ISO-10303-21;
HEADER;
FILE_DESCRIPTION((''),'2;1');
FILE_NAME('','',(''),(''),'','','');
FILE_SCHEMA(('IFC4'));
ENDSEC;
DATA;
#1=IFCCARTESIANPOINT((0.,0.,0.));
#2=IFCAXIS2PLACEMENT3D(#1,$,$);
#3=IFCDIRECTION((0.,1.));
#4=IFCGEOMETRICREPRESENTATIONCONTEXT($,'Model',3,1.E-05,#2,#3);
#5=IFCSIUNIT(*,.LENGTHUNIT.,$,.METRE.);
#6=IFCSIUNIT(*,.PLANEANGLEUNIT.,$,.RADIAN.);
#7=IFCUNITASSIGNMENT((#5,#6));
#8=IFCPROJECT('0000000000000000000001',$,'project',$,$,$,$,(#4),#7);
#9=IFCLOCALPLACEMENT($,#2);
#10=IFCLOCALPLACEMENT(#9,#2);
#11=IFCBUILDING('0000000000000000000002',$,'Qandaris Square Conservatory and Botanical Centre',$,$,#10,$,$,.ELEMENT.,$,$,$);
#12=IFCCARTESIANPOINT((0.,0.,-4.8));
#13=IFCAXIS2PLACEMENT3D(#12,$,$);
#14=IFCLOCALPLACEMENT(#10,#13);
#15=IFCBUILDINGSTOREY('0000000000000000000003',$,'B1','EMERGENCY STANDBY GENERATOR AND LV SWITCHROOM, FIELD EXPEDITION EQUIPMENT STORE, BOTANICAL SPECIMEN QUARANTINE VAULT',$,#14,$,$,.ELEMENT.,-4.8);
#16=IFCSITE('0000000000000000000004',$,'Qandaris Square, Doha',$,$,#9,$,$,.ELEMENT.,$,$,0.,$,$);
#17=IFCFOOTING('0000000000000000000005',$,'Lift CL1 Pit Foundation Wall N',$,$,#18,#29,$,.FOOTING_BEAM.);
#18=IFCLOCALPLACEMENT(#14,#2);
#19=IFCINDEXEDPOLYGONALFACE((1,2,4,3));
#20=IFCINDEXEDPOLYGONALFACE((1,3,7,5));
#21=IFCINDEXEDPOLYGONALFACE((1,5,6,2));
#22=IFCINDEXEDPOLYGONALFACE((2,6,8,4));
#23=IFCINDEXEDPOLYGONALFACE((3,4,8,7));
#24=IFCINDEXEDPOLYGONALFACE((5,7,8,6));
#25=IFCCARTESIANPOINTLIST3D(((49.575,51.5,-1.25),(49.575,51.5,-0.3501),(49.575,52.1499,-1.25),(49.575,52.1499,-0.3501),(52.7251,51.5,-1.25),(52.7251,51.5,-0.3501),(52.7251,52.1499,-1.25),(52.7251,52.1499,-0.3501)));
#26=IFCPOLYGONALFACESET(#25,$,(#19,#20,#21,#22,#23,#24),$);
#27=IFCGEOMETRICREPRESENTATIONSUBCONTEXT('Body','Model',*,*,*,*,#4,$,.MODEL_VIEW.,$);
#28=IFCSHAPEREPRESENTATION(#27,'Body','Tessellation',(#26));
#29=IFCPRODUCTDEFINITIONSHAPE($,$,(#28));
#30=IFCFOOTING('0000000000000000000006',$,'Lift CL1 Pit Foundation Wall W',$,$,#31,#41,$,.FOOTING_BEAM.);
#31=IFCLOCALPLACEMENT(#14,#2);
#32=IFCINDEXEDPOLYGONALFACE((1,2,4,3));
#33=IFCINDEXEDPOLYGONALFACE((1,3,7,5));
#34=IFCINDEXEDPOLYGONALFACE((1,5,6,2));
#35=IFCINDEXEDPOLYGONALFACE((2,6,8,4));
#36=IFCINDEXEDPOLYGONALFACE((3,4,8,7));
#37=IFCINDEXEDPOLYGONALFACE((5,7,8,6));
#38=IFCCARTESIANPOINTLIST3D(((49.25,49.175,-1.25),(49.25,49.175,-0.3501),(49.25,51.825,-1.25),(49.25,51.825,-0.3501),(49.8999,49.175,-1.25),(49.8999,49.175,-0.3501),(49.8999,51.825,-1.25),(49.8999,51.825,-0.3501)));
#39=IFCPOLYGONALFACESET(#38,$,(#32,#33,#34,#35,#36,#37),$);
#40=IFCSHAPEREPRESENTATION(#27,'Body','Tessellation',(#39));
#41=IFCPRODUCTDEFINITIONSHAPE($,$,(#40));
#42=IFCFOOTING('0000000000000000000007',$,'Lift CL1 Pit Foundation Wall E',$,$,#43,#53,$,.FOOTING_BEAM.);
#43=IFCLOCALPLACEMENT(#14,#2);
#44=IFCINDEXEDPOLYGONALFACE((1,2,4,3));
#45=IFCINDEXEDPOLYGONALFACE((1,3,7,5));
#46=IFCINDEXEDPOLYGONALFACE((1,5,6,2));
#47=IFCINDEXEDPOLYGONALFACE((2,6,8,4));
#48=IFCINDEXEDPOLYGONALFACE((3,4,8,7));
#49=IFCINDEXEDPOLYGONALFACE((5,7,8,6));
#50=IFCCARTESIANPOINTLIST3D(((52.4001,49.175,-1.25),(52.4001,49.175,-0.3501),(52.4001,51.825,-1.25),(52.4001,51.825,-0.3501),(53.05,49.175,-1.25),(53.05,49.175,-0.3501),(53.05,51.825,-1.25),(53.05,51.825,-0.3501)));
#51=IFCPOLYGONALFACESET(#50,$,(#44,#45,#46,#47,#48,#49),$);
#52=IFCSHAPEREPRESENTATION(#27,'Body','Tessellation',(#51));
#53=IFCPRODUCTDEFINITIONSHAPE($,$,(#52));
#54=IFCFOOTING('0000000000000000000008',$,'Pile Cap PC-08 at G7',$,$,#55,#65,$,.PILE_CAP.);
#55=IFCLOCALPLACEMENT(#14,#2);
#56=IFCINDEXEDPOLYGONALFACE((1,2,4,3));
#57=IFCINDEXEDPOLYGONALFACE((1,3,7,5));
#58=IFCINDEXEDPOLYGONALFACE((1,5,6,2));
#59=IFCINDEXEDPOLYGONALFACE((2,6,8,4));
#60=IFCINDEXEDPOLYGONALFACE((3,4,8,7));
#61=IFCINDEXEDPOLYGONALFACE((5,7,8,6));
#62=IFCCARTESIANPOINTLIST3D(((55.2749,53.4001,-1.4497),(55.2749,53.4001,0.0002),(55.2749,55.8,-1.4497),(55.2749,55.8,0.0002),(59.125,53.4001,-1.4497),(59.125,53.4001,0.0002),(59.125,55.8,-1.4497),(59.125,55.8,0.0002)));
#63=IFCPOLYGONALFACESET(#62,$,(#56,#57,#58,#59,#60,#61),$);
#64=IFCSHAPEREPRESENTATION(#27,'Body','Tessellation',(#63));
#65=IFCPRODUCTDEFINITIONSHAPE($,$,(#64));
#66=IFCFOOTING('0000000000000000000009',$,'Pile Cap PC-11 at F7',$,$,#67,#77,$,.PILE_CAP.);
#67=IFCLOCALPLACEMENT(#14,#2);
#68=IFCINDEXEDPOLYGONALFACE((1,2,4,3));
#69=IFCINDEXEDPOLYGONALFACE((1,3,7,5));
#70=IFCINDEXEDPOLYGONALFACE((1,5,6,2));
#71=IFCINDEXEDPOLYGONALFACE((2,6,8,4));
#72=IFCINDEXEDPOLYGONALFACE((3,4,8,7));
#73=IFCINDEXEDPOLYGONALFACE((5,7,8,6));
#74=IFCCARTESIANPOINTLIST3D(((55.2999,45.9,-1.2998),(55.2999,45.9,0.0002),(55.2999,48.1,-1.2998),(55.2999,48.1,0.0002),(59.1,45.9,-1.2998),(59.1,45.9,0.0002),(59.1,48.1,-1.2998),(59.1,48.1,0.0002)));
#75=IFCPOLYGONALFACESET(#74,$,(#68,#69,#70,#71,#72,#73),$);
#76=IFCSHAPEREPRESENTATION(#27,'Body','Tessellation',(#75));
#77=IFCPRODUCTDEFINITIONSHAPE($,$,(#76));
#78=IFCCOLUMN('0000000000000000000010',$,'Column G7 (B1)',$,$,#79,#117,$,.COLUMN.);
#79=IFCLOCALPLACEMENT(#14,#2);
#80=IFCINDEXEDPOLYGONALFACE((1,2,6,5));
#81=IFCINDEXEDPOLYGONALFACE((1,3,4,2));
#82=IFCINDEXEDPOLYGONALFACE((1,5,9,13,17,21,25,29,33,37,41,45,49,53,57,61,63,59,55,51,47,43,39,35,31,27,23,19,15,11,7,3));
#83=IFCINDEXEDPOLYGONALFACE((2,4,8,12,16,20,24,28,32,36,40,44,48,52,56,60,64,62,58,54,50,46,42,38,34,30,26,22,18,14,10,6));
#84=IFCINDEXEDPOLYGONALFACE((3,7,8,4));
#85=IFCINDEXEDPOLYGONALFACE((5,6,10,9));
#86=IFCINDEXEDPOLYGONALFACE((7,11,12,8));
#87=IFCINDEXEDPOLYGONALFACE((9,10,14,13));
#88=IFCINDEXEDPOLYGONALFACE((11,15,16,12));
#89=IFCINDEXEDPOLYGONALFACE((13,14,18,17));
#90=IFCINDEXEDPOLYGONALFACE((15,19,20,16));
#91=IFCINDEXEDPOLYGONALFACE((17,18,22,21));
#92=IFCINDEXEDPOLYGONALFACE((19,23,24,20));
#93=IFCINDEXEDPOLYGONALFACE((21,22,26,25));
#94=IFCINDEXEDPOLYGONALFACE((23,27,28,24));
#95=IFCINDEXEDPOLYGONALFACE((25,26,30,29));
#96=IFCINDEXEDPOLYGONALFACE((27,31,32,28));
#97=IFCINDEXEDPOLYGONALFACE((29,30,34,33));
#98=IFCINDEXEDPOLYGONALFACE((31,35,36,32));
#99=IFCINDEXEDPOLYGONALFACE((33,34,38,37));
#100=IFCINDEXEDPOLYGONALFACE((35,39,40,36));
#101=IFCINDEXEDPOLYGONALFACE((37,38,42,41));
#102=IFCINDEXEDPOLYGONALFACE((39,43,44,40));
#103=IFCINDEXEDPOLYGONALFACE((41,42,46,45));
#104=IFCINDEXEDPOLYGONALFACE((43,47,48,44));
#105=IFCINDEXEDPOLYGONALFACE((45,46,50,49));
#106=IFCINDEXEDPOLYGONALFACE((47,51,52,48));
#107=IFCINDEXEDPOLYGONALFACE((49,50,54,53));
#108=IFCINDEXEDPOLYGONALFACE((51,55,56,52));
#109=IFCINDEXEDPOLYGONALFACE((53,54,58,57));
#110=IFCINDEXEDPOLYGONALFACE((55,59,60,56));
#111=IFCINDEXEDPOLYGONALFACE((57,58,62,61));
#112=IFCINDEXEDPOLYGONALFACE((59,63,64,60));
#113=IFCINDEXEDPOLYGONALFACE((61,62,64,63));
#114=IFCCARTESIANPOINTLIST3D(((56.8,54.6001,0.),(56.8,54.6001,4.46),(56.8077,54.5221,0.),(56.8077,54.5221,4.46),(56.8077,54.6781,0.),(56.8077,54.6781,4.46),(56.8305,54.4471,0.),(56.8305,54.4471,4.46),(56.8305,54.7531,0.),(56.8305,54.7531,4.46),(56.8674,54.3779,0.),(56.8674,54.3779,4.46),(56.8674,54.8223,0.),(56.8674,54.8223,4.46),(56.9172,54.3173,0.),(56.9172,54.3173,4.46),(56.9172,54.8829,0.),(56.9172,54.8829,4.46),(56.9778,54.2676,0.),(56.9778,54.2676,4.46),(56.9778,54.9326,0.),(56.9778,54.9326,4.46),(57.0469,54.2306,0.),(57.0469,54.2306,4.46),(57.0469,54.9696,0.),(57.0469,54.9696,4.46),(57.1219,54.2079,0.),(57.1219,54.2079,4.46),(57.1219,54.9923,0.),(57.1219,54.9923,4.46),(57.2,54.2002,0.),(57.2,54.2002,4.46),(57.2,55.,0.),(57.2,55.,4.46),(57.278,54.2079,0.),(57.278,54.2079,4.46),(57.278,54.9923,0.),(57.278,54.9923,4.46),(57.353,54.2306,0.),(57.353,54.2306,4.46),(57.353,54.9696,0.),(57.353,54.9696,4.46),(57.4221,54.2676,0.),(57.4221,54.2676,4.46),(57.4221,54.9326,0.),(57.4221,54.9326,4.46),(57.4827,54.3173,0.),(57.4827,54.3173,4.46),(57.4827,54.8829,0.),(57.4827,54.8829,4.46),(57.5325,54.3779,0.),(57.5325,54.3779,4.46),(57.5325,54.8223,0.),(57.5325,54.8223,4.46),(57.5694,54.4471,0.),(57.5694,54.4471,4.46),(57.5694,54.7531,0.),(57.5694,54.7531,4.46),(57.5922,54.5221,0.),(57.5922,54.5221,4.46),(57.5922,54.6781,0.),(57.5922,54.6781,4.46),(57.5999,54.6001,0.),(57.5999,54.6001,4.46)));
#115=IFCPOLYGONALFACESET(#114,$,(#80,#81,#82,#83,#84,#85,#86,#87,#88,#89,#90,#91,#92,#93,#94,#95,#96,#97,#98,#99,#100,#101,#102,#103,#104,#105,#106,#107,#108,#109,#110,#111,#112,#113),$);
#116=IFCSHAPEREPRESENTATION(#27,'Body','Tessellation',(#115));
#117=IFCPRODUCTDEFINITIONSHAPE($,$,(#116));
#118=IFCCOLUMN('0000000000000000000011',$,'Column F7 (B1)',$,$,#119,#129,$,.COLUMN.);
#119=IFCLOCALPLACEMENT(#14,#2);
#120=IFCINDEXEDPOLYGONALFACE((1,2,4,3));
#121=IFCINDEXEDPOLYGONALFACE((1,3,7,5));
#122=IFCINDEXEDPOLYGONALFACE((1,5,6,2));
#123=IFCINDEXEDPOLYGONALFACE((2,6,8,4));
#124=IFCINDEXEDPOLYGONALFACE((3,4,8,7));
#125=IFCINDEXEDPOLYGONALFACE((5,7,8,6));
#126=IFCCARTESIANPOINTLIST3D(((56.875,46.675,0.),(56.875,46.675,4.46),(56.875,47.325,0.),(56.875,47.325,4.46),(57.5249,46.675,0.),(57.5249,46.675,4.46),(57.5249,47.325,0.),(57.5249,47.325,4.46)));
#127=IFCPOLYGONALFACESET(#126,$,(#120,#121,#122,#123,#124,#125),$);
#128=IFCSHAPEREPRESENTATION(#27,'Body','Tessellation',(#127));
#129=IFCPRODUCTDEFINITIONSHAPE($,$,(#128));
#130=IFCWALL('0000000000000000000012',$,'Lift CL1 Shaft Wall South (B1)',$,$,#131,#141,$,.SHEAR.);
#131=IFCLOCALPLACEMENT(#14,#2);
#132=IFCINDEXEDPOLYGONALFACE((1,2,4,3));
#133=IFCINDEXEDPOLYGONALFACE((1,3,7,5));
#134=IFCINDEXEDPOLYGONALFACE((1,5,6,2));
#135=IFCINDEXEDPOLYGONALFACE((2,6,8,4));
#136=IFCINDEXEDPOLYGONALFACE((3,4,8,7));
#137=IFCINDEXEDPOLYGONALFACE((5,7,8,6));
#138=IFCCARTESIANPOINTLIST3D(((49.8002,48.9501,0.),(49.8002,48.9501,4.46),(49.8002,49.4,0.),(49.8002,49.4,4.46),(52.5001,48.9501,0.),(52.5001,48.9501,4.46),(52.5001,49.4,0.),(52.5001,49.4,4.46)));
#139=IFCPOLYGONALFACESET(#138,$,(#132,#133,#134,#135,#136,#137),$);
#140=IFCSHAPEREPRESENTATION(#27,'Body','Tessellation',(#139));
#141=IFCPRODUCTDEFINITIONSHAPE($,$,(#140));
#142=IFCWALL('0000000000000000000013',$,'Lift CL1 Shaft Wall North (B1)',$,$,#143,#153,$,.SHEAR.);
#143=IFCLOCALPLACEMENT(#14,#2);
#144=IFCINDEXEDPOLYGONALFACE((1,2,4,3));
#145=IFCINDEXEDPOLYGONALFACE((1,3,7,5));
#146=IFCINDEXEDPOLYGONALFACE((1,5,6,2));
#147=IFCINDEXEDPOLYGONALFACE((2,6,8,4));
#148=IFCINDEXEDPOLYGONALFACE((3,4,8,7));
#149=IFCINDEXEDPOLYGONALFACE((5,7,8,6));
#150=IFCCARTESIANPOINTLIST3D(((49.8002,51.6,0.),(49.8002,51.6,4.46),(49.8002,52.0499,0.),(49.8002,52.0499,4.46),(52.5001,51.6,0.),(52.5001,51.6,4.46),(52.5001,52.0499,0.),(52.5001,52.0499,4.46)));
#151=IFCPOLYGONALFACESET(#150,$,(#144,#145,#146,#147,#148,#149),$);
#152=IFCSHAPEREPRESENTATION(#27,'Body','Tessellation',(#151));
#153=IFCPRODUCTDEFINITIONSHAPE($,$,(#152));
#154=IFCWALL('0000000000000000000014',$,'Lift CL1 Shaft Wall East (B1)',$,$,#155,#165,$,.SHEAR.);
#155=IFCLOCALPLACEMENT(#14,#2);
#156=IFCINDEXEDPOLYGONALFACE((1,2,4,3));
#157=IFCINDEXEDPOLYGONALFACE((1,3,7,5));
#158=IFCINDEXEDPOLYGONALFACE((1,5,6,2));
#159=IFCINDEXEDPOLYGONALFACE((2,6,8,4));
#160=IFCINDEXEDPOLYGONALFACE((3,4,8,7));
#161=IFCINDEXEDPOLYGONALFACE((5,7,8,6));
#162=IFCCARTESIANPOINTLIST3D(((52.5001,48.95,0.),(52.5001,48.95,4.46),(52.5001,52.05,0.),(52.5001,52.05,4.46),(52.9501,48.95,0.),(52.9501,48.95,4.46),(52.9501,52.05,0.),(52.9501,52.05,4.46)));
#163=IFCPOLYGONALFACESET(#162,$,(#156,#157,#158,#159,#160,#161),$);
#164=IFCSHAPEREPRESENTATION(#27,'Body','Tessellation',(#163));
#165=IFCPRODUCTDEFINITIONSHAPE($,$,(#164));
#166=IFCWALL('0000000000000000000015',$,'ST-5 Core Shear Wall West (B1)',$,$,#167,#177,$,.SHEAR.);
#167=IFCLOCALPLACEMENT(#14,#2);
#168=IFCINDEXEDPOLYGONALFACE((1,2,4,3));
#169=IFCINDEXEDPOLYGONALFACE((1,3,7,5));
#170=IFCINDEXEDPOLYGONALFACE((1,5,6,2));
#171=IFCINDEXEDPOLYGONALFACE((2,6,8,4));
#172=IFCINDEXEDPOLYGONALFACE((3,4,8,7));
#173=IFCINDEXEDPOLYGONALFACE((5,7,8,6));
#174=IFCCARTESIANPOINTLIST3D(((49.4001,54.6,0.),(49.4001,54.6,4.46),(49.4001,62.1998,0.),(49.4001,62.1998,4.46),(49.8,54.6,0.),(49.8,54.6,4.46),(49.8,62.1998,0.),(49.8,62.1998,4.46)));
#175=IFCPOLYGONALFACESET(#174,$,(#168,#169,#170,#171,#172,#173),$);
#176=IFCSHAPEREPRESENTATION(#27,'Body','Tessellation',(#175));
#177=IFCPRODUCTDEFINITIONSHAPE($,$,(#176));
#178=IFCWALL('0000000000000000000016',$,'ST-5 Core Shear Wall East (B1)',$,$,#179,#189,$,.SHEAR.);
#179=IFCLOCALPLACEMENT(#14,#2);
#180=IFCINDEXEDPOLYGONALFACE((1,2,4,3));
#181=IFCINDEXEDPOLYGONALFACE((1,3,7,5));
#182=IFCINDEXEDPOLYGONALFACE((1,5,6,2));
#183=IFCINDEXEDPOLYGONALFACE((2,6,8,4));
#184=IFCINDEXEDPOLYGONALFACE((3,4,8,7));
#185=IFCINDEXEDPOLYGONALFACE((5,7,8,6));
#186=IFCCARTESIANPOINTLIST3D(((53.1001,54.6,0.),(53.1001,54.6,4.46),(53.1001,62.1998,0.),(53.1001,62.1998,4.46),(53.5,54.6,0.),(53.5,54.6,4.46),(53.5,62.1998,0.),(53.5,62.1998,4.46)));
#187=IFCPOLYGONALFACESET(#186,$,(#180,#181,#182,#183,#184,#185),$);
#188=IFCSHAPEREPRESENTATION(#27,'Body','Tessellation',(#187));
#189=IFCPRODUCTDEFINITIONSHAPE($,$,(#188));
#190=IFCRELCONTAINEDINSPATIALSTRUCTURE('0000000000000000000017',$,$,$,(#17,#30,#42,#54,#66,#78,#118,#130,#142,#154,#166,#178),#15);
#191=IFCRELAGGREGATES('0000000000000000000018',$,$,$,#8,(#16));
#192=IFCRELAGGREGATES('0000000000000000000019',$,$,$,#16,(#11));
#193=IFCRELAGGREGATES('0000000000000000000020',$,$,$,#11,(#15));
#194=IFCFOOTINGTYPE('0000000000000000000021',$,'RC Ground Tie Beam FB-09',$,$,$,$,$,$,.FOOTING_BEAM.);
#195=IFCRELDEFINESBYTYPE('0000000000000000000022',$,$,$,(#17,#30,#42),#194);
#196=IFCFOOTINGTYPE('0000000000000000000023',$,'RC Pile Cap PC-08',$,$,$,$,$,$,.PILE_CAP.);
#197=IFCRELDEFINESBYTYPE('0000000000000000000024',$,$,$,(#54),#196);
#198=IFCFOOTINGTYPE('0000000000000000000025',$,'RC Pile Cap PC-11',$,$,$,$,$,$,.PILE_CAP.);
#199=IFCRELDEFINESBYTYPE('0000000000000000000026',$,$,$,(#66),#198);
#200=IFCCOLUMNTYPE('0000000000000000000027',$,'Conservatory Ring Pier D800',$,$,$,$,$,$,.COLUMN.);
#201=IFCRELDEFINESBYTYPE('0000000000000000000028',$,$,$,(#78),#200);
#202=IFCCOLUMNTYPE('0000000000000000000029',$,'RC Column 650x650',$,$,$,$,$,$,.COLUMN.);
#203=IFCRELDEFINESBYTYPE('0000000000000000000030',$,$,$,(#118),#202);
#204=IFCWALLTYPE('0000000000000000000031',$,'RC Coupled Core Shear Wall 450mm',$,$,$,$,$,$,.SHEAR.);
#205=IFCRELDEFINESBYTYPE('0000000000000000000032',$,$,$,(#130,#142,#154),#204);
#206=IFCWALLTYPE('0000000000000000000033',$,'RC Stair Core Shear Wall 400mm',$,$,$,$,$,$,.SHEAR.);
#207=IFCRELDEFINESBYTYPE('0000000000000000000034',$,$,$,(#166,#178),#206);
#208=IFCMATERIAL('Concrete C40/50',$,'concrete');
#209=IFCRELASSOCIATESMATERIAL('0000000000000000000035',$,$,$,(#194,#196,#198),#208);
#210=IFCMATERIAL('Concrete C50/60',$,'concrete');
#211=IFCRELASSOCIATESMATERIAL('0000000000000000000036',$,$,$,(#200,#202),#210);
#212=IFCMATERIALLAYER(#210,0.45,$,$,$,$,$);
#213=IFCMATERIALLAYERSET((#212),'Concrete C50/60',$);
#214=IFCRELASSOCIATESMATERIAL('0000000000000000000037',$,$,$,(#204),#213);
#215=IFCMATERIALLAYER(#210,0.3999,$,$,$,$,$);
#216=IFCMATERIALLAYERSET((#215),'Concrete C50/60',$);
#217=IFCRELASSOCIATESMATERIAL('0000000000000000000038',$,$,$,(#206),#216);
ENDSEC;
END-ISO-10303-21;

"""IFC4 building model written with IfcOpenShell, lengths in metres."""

from ifc_helpers import new_model, si_unit, direction, frame, frame_2d, origin, origin_2d, place, context, subcontext, project, spatial, rectangle, circle, extrude, material, layer, layer_set, material_profile, profile_set, type_object, element, save


model = new_model("IFC4")

# Units and contexts
model_context = context("Model", 3, precision=1e-05, world=origin(), true_north=direction((0.0, 1.0)))
body_context = subcontext(model_context, "Body", "Model", "MODEL_VIEW")
ifc_project = project(units=[si_unit("LENGTHUNIT", "METRE"), si_unit("PLANEANGLEUNIT", "RADIAN")], contexts=[model_context])

# Site, building, storey
site_placement = place(None, origin())
site = spatial("IfcSite", under=ifc_project, at=site_placement, Name="Qandaris Square, Doha", CompositionType="ELEMENT", RefElevation=0.0)
building_placement = place(site_placement, origin())
building = spatial("IfcBuilding", under=site, at=building_placement, Name="Qandaris Square Conservatory and Botanical Centre", CompositionType="ELEMENT")
storey_placement = place(building_placement, frame((0.0, 0.0, -4.8)))
storey = spatial("IfcBuildingStorey", under=building, at=storey_placement, Name="B1", Description="EMERGENCY STANDBY GENERATOR AND LV SWITCHROOM, FIELD EXPEDITION EQUIPMENT STORE, BOTANICAL SPECIMEN QUARANTINE VAULT", CompositionType="ELEMENT", Elevation=-4.8)

# Shared definitions
ifc_material_1 = material(Name="Concrete C50/60", Category="concrete")

# Footings
ifc_material_2 = material(Name="Concrete C40/50", Category="concrete")
ifc_material_profile_1 = material_profile(ifc_material_2, rectangle(XDim=0.6499, YDim=0.8999, at=origin_2d()), Name="FB 650x900")
ifc_profile_set_1 = profile_set([ifc_material_profile_1], Name="Concrete C40/50")
footing_type_1 = type_object("IfcFootingType", Name="RC Ground Tie Beam FB-09", PredefinedType="FOOTING_BEAM", material=ifc_profile_set_1)
for number, where, z_axis, x_axis, name in (
    (1, (49.575, 51.825, -0.8), (1.0, 0.0, 0.0), (0.0, 1.0, 0.0), "Lift CL1 Pit Foundation Wall N"),
):
    element("IfcFooting", number, at=place(storey_placement, frame(where, z_axis=z_axis, x_axis=x_axis)), inside=storey, type_object=footing_type_1, Name=name, PredefinedType="FOOTING_BEAM", context=body_context, shape_type="SweptSolid", body=[
        extrude(rectangle(XDim=0.6499, YDim=0.8999, at=origin_2d()), origin(), (0.0, 0.0, 1.0), 3.1501),
    ])
for number, where, z_axis, x_axis, name in (
    (2, (49.575, 49.175, -0.8), (0.0, 1.0, 0.0), (-1.0, 0.0, 0.0), "Lift CL1 Pit Foundation Wall W"),
    (3, (52.7251, 49.175, -0.8), (0.0, 1.0, 0.0), (-1.0, 0.0, 0.0), "Lift CL1 Pit Foundation Wall E"),
):
    element("IfcFooting", number, at=place(storey_placement, frame(where, z_axis=z_axis, x_axis=x_axis)), inside=storey, type_object=footing_type_1, Name=name, PredefinedType="FOOTING_BEAM", context=body_context, shape_type="SweptSolid", body=[
        extrude(rectangle(XDim=0.6499, YDim=0.8999, at=origin_2d()), origin(), (0.0, 0.0, 1.0), 2.6499),
    ])
footing_type_2 = type_object("IfcFootingType", Name="RC Pile Cap PC-08", PredefinedType="PILE_CAP", material=ifc_material_2)
footing_1_placement = place(storey_placement, frame((57.2, 54.6001, -1.4497), z_axis=(0.0, 0.0, 1.0), x_axis=(1.0, 0.0, 0.0)))
element("IfcFooting", 4, at=footing_1_placement, inside=storey, type_object=footing_type_2, Name="Pile Cap PC-08 at G7", PredefinedType="PILE_CAP", context=body_context, shape_type="SweptSolid", body=[
    extrude(rectangle(XDim=3.8501, YDim=2.3999, at=origin_2d()), origin(), (0.0, 0.0, 1.0), 1.45),
])
footing_type_3 = type_object("IfcFootingType", Name="RC Pile Cap PC-11", PredefinedType="PILE_CAP", material=ifc_material_2)
footing_2_placement = place(storey_placement, frame((57.2, 47.0, -1.2998), z_axis=(0.0, 0.0, 1.0), x_axis=(1.0, 0.0, 0.0)))
element("IfcFooting", 5, at=footing_2_placement, inside=storey, type_object=footing_type_3, Name="Pile Cap PC-11 at F7", PredefinedType="PILE_CAP", context=body_context, shape_type="SweptSolid", body=[
    extrude(rectangle(XDim=3.8, YDim=2.2, at=origin_2d()), origin(), (0.0, 0.0, 1.0), 1.3),
])

# Columns
ifc_material_profile_2 = material_profile(ifc_material_1, circle(Radius=0.3999, at=origin_2d()), Name="RC-COL D800")
ifc_profile_set_2 = profile_set([ifc_material_profile_2], Name="Concrete C50/60")
column_type_1 = type_object("IfcColumnType", Name="Conservatory Ring Pier D800", PredefinedType="COLUMN", material=ifc_profile_set_2)
column_1_placement = place(storey_placement, frame((57.2, 54.6001, 0.0), z_axis=(0.0, 0.0, 1.0), x_axis=(1.0, 0.0, 0.0)))
element("IfcColumn", 6, at=column_1_placement, inside=storey, type_object=column_type_1, Name="Column G7 (B1)", PredefinedType="COLUMN", context=body_context, shape_type="SweptSolid", body=[
    extrude(circle(Radius=0.3999, at=origin_2d()), origin(), (0.0, 0.0, 1.0), 4.46),
])
ifc_material_profile_3 = material_profile(ifc_material_1, rectangle(XDim=0.6499, YDim=0.6499, at=origin_2d()), Name="RC-COL 650x650")
ifc_profile_set_3 = profile_set([ifc_material_profile_3], Name="Concrete C50/60")
column_type_2 = type_object("IfcColumnType", Name="RC Column 650x650", PredefinedType="COLUMN", material=ifc_profile_set_3)
column_2_placement = place(storey_placement, frame((57.2, 47.0, 0.0), z_axis=(0.0, 0.0, 1.0), x_axis=(1.0, 0.0, 0.0)))
element("IfcColumn", 7, at=column_2_placement, inside=storey, type_object=column_type_2, Name="Column F7 (B1)", PredefinedType="COLUMN", context=body_context, shape_type="SweptSolid", body=[
    extrude(rectangle(XDim=0.6499, YDim=0.6499, at=origin_2d()), origin(), (0.0, 0.0, 1.0), 4.46),
])

# Walls
ifc_layer_1 = layer(ifc_material_1, 0.45)
ifc_layer_set_1 = layer_set([ifc_layer_1], Name="Concrete C50/60")
wall_type_1 = type_object("IfcWallType", Name="RC Coupled Core Shear Wall 450mm", PredefinedType="SHEAR", material=ifc_layer_set_1)
for number, where, z_axis, x_axis, name in (
    (8, (49.8, 49.175, 0.0), (0.0, 0.0, 1.0), (1.0, 0.0, 0.0), "Lift CL1 Shaft Wall South (B1)"),
    (9, (49.8, 51.825, 0.0), (0.0, 0.0, 1.0), (1.0, 0.0, 0.0), "Lift CL1 Shaft Wall North (B1)"),
):
    element("IfcWall", number, at=place(storey_placement, frame(where, z_axis=z_axis, x_axis=x_axis)), inside=storey, type_object=wall_type_1, Name=name, PredefinedType="SHEAR", context=body_context, shape_type="SweptSolid", body=[
        extrude(rectangle(XDim=2.7, YDim=0.45, at=frame_2d((1.3501, 0.0))), origin(), (0.0, 0.0, 1.0), 4.46),
    ])
wall_1_placement = place(storey_placement, frame((52.7251, 48.95, 0.0), z_axis=(0.0, 0.0, 1.0), x_axis=(0.0, 1.0, 0.0)))
element("IfcWall", 10, at=wall_1_placement, inside=storey, type_object=wall_type_1, Name="Lift CL1 Shaft Wall East (B1)", PredefinedType="SHEAR", context=body_context, shape_type="SweptSolid", body=[
    extrude(rectangle(XDim=3.1001, YDim=0.45, at=frame_2d((1.55, 0.0))), origin(), (0.0, 0.0, 1.0), 4.46),
])
ifc_layer_2 = layer(ifc_material_1, 0.3999)
ifc_layer_set_2 = layer_set([ifc_layer_2], Name="Concrete C50/60")
wall_type_2 = type_object("IfcWallType", Name="RC Stair Core Shear Wall 400mm", PredefinedType="SHEAR", material=ifc_layer_set_2)
for number, where, z_axis, x_axis, name in (
    (11, (49.6001, 54.6001, 0.0), (0.0, 0.0, 1.0), (0.0, 1.0, 0.0), "ST-5 Core Shear Wall West (B1)"),
    (12, (53.3, 54.6001, 0.0), (0.0, 0.0, 1.0), (0.0, 1.0, 0.0), "ST-5 Core Shear Wall East (B1)"),
):
    element("IfcWall", number, at=place(storey_placement, frame(where, z_axis=z_axis, x_axis=x_axis)), inside=storey, type_object=wall_type_2, Name=name, PredefinedType="SHEAR", context=body_context, shape_type="SweptSolid", body=[
        extrude(rectangle(XDim=7.5999, YDim=0.3999, at=frame_2d((3.7998, 0.0))), origin(), (0.0, 0.0, 1.0), 4.46),
    ])

save(model, "model.ifc")
